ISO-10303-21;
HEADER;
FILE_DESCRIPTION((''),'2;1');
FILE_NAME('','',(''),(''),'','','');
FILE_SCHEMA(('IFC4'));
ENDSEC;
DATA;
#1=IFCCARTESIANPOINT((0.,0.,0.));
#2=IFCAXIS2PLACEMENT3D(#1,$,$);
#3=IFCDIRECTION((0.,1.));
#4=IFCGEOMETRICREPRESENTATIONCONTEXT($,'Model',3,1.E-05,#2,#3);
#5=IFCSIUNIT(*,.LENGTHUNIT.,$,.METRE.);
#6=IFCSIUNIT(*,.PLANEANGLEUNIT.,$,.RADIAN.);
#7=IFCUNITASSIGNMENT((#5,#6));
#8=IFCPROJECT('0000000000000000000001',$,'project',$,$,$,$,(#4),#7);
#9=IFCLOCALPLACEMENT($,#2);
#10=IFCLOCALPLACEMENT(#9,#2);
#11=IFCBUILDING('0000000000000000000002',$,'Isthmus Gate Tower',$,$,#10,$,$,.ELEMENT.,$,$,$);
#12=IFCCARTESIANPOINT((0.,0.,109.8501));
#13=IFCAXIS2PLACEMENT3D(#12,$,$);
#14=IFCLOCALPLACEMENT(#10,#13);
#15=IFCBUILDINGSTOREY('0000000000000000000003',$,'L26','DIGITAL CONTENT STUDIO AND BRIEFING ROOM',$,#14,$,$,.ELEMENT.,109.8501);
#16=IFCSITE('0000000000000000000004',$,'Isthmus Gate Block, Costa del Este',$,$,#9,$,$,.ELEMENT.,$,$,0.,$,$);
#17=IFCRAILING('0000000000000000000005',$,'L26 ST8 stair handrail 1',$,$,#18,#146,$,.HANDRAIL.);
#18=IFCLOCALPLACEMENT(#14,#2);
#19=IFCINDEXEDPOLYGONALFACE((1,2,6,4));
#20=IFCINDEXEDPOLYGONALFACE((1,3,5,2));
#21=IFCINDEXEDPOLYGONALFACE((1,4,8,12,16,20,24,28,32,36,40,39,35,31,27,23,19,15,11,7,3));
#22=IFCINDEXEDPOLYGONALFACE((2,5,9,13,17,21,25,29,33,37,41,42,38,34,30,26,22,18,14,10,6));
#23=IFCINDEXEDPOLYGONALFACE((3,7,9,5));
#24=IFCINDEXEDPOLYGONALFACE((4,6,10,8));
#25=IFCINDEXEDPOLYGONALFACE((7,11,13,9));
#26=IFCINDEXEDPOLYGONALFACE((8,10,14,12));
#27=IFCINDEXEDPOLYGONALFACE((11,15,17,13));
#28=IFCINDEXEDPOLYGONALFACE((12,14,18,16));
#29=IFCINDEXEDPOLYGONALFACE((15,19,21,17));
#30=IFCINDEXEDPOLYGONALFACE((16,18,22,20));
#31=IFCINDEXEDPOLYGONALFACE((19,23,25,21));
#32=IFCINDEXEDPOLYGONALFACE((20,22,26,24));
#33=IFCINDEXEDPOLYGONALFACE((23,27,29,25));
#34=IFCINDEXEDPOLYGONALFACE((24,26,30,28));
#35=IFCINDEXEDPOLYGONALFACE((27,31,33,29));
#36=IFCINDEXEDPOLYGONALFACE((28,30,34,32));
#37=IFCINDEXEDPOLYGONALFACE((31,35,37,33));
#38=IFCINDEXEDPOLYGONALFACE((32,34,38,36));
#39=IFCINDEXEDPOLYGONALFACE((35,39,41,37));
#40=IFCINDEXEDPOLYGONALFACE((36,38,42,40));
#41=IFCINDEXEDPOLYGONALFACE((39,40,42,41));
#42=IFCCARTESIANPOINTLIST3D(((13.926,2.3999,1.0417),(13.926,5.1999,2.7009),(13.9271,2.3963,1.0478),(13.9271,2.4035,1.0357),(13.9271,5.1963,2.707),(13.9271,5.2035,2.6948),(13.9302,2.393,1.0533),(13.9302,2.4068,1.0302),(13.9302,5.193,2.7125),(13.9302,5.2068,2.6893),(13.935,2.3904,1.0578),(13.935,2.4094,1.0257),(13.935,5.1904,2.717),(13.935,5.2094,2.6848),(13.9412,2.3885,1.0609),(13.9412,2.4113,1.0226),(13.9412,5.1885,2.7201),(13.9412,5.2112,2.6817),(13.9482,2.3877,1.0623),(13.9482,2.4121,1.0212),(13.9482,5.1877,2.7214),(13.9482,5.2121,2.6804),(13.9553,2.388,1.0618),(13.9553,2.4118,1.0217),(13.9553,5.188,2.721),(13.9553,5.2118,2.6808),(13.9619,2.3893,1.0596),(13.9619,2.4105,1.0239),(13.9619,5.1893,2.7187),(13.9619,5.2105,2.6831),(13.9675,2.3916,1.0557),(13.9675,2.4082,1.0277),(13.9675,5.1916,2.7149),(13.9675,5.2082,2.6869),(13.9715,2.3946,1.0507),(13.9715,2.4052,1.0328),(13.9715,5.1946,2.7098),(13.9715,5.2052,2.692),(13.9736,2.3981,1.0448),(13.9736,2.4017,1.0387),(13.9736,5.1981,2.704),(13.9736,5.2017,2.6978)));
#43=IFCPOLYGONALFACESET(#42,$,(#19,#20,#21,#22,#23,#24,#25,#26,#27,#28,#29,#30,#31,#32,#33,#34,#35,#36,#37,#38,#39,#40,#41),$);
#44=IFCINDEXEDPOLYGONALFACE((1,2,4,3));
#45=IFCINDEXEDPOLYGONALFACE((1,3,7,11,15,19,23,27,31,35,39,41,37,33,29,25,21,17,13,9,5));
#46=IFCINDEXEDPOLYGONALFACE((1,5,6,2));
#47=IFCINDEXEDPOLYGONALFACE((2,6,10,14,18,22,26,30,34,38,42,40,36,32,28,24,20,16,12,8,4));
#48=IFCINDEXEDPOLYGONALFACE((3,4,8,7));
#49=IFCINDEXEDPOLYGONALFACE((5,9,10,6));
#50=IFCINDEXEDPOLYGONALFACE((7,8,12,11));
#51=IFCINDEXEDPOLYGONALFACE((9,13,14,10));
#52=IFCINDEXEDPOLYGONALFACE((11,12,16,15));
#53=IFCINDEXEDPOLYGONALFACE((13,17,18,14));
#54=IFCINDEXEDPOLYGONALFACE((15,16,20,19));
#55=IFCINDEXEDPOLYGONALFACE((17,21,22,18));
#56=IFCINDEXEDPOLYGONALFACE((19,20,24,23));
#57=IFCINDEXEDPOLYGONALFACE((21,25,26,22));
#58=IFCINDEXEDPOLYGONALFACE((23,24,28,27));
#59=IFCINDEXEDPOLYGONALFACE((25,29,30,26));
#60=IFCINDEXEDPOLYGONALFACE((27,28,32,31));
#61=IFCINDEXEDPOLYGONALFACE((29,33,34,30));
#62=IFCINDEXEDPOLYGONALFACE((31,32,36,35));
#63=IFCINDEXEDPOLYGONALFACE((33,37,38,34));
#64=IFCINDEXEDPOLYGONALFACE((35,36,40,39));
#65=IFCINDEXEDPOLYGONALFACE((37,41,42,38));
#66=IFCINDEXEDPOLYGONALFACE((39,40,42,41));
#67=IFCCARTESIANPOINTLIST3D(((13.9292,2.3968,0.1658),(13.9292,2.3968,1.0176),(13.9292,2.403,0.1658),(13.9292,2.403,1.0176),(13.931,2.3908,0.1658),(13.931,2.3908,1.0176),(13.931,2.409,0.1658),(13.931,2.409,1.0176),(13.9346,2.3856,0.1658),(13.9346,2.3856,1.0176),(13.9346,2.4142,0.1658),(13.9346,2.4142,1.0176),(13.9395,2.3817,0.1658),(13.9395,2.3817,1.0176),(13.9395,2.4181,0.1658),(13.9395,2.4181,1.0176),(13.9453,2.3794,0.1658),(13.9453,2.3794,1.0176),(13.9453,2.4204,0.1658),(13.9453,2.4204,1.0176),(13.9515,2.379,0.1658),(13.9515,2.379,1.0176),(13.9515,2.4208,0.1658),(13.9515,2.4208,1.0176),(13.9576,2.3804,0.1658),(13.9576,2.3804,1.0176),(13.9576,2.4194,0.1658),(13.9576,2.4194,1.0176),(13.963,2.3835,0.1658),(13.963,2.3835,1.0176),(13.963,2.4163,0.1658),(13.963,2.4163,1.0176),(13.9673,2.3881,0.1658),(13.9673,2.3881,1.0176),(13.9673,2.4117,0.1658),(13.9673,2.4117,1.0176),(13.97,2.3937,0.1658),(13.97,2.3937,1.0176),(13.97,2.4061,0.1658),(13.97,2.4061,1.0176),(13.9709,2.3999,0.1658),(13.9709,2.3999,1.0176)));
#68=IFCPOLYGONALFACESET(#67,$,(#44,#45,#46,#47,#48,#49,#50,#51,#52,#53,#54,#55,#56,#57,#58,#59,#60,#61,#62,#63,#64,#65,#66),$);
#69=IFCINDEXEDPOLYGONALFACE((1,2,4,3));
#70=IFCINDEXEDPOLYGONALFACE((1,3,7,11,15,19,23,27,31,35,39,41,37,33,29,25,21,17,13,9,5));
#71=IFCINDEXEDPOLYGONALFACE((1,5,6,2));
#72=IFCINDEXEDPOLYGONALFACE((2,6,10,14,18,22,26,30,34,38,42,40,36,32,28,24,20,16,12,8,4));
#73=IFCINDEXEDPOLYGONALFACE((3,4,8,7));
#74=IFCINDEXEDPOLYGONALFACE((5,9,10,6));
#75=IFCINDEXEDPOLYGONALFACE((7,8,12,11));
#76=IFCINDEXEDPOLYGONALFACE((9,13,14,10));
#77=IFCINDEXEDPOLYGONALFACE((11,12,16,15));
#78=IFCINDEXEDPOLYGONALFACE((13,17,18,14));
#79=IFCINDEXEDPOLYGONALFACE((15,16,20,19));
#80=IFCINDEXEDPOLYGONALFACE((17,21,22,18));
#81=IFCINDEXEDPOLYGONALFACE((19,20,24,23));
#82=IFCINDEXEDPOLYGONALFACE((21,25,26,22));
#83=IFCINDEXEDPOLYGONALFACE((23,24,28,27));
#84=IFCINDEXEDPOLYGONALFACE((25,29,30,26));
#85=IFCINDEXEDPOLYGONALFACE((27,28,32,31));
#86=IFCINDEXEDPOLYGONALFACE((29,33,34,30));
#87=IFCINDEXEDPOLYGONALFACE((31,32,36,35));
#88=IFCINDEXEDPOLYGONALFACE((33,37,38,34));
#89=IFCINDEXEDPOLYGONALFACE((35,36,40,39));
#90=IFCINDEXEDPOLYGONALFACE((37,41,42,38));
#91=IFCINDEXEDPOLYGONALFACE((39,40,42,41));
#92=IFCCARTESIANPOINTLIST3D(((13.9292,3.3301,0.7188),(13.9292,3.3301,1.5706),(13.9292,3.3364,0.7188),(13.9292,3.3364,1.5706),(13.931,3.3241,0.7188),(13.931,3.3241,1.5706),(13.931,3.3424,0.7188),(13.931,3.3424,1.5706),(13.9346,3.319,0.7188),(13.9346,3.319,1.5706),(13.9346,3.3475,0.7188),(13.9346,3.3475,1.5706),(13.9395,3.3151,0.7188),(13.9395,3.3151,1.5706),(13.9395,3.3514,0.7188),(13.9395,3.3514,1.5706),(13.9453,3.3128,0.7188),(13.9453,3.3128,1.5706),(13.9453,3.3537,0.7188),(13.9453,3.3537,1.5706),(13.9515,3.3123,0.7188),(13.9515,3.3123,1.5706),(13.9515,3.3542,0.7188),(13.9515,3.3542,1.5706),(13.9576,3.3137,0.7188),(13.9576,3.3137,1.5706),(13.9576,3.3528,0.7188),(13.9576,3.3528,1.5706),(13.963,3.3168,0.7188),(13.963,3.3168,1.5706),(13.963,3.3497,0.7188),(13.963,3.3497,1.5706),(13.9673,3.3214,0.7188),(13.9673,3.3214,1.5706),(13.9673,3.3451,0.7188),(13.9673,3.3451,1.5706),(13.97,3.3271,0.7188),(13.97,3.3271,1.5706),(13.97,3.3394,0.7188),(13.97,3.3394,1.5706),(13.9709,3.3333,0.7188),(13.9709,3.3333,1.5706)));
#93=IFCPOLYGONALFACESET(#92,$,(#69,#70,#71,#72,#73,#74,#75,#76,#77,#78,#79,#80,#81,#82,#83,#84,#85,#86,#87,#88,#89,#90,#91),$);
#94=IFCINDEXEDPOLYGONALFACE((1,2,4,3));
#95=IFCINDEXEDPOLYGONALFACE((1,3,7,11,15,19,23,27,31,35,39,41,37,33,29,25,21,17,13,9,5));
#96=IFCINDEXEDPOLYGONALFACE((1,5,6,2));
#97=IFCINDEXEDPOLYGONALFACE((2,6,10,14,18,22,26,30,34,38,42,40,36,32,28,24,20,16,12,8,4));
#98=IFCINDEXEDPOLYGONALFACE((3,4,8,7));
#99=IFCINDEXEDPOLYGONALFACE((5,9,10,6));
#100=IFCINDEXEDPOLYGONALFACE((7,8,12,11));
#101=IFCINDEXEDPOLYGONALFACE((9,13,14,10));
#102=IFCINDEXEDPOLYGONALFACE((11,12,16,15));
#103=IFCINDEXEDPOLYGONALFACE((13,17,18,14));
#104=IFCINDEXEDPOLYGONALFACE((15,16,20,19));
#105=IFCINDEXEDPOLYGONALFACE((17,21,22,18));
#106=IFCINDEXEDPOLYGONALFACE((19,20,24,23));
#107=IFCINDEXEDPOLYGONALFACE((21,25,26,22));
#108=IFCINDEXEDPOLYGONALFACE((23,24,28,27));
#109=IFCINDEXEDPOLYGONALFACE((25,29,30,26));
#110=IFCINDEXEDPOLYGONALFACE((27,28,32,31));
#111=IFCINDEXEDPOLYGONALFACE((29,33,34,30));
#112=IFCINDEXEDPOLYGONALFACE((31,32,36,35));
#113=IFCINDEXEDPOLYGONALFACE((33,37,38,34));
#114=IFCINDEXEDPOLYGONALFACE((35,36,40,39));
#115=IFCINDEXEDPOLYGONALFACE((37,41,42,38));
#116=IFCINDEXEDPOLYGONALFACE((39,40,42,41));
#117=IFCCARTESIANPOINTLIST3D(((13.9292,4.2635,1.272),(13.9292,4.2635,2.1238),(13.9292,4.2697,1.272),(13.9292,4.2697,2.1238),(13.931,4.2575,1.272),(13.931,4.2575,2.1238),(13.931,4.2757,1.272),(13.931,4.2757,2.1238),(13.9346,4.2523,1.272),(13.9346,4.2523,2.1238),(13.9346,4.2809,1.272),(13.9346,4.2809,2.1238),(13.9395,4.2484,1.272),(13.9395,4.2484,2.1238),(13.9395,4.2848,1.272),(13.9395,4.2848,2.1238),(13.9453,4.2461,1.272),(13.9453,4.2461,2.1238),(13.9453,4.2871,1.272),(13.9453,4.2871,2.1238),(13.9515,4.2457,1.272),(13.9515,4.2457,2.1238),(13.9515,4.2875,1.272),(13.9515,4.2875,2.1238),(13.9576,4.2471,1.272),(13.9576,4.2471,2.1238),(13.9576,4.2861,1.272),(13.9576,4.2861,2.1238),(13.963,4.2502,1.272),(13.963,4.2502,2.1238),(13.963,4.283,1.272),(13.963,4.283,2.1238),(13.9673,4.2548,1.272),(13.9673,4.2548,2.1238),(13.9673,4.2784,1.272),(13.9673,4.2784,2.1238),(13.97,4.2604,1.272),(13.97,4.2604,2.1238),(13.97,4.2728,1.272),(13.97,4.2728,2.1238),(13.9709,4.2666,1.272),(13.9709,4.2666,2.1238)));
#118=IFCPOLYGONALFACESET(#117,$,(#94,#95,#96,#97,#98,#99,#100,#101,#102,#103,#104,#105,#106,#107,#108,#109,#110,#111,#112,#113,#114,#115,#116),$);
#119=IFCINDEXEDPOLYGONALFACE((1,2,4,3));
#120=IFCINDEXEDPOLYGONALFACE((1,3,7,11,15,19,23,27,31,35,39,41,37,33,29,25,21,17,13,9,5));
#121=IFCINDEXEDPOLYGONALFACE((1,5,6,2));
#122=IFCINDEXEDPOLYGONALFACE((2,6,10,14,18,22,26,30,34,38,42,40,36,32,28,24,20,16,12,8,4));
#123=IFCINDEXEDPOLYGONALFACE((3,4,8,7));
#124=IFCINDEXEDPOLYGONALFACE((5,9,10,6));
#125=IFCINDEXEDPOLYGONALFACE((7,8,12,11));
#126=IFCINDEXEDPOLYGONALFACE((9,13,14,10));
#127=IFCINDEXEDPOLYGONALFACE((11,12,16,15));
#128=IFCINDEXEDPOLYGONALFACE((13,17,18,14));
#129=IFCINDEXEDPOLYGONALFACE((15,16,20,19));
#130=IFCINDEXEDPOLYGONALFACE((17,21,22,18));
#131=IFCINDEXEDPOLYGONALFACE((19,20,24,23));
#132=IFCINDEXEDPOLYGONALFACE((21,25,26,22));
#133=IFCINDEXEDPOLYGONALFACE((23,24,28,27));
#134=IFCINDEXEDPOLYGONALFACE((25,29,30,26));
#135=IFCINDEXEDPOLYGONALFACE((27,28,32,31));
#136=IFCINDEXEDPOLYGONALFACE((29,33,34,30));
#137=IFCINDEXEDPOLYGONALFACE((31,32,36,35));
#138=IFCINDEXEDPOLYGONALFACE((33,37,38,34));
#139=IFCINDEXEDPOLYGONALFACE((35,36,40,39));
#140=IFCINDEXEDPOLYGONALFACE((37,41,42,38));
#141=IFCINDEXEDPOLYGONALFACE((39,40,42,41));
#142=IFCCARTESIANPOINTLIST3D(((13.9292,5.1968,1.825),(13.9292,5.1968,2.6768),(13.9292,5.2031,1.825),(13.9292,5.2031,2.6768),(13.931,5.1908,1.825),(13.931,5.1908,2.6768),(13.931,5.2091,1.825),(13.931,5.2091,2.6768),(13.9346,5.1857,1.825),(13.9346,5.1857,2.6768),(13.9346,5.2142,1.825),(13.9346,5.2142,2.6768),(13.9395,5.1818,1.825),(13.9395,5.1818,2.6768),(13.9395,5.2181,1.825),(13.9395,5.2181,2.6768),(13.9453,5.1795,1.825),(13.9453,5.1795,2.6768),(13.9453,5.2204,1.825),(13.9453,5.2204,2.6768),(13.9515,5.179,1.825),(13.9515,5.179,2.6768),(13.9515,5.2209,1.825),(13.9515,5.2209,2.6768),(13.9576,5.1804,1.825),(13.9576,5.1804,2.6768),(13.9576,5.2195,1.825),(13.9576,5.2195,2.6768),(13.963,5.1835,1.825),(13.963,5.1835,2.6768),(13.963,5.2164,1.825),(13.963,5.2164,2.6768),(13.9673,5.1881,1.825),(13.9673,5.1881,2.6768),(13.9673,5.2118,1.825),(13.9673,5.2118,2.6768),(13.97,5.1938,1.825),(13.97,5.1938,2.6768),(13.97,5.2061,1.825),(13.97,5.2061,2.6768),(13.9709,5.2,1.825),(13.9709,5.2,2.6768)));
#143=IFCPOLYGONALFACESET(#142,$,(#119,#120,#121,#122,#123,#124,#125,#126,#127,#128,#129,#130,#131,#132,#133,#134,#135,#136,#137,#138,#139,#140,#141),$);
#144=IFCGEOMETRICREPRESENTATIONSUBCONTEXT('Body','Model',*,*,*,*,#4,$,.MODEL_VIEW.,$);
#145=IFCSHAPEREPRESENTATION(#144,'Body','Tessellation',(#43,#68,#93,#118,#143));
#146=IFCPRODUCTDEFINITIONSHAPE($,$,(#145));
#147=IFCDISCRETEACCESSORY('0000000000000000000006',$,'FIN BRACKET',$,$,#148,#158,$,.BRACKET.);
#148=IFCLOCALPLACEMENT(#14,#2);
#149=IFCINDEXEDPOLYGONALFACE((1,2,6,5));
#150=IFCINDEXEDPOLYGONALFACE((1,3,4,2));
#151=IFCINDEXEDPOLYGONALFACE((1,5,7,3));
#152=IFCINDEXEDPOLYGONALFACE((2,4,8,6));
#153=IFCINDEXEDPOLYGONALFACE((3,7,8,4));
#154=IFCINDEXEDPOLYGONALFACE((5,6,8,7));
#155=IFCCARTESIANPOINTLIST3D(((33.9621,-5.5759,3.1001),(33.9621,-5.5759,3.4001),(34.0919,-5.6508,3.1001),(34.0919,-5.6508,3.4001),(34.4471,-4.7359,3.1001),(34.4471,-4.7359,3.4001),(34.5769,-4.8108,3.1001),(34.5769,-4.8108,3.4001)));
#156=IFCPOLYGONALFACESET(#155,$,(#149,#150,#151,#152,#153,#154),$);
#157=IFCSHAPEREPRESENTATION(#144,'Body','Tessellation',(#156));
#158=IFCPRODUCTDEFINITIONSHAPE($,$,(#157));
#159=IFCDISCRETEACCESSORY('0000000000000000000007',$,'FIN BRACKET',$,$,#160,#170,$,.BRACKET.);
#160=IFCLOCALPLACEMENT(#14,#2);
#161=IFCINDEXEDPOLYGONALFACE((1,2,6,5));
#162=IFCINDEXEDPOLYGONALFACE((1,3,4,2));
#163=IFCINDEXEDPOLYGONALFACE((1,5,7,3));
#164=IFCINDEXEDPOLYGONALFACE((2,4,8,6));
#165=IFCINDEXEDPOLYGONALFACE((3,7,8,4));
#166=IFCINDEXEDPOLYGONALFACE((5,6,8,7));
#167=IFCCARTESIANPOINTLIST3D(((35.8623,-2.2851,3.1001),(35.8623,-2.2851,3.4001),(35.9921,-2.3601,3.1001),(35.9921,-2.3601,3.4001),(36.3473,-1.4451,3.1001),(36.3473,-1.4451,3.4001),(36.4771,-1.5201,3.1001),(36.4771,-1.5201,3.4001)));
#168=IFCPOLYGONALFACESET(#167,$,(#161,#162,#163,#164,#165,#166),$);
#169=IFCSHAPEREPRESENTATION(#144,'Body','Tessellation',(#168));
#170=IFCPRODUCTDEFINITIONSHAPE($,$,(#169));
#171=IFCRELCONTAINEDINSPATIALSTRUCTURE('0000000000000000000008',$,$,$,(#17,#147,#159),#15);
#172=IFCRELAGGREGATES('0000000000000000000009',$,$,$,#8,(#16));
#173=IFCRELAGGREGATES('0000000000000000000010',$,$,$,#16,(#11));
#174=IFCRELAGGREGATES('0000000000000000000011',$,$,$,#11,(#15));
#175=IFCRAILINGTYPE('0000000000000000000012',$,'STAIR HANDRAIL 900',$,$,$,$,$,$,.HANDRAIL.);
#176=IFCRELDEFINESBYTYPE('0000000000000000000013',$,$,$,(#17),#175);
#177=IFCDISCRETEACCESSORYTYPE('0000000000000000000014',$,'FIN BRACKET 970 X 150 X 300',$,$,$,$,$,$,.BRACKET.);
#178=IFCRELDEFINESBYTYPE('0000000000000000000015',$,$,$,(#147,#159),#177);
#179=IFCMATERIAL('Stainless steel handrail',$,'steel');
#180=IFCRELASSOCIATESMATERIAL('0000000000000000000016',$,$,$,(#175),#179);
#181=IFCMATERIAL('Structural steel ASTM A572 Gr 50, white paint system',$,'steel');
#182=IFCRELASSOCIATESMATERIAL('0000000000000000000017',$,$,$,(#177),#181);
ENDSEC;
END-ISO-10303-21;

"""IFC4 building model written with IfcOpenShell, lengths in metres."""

from ifc_helpers import new_model, si_unit, direction, frame, origin, origin_2d, place, context, subcontext, project, spatial, rectangle, circle, extrude, material, type_object, element, save


model = new_model("IFC4")

# Units and contexts
model_context = context("Model", 3, precision=1e-05, world=origin(), true_north=direction((0.0, 1.0)))
body_context = subcontext(model_context, "Body", "Model", "MODEL_VIEW")
ifc_project = project(units=[si_unit("LENGTHUNIT", "METRE"), si_unit("PLANEANGLEUNIT", "RADIAN")], contexts=[model_context])

# Site, building, storey
site_placement = place(None, origin())
site = spatial("IfcSite", under=ifc_project, at=site_placement, Name="Isthmus Gate Block, Costa del Este", CompositionType="ELEMENT", RefElevation=0.0)
building_placement = place(site_placement, origin())
building = spatial("IfcBuilding", under=site, at=building_placement, Name="Isthmus Gate Tower", CompositionType="ELEMENT")
storey_placement = place(building_placement, frame((0.0, 0.0, 109.8501)))
storey = spatial("IfcBuildingStorey", under=building, at=storey_placement, Name="L26", Description="DIGITAL CONTENT STUDIO AND BRIEFING ROOM", CompositionType="ELEMENT", Elevation=109.8501)

# Railing
ifc_material_1 = material(Name="Stainless steel handrail", Category="steel")
railing_type = type_object("IfcRailingType", Name="STAIR HANDRAIL 900", PredefinedType="HANDRAIL", material=ifc_material_1)
railing_placement = place(storey_placement, frame((13.95, 2.3999, 0.1658)))
element("IfcRailing", 1, at=railing_placement, inside=storey, type_object=railing_type, Name="L26 ST8 stair handrail 1", PredefinedType="HANDRAIL", context=body_context, shape_type="SweptSolid", body=[
    extrude(circle(Radius=0.0239, at=origin_2d()), frame((0.0, 0.0, 0.876), z_axis=(0.0, 0.860306, 0.509778), x_axis=(-1.0, 0.0, 0.0)), (0.0, 0.0, 1.0), 3.2546),
    extrude(circle(Radius=0.021, at=origin_2d()), origin(), (0.0, 0.0, 1.0), 0.8518),
    extrude(circle(Radius=0.021, at=origin_2d()), frame((0.0, 0.9333, 0.553)), (0.0, 0.0, 1.0), 0.8518),
    extrude(circle(Radius=0.021, at=origin_2d()), frame((0.0, 1.8667, 1.1062)), (0.0, 0.0, 1.0), 0.8518),
    extrude(circle(Radius=0.021, at=origin_2d()), frame((0.0, 2.8, 1.6592)), (0.0, 0.0, 1.0), 0.8518),
])

# Discrete accessories
ifc_material_2 = material(Name="Structural steel ASTM A572 Gr 50, white paint system", Category="steel")
discrete_accessory_type = type_object("IfcDiscreteAccessoryType", Name="FIN BRACKET 970 X 150 X 300", PredefinedType="BRACKET", material=ifc_material_2)
for number, where, z_axis, x_axis, name in (
    (2, (34.2695, -5.1934, 3.1001), (0.0, 0.0, 1.0), (0.866025, -0.5, 0.0), "FIN BRACKET"),
    (3, (36.1697, -1.9026, 3.1001), (0.0, 0.0, 1.0), (0.866025, -0.5, 0.0), "FIN BRACKET"),
):
    element("IfcDiscreteAccessory", number, at=place(storey_placement, frame(where, z_axis=z_axis, x_axis=x_axis)), inside=storey, type_object=discrete_accessory_type, Name=name, PredefinedType="BRACKET", context=body_context, shape_type="SweptSolid", body=[
        extrude(rectangle(XDim=0.1499, YDim=0.97, at=origin_2d()), origin(), (0.0, 0.0, 1.0), 0.3),
    ])

save(model, "model.ifc")
